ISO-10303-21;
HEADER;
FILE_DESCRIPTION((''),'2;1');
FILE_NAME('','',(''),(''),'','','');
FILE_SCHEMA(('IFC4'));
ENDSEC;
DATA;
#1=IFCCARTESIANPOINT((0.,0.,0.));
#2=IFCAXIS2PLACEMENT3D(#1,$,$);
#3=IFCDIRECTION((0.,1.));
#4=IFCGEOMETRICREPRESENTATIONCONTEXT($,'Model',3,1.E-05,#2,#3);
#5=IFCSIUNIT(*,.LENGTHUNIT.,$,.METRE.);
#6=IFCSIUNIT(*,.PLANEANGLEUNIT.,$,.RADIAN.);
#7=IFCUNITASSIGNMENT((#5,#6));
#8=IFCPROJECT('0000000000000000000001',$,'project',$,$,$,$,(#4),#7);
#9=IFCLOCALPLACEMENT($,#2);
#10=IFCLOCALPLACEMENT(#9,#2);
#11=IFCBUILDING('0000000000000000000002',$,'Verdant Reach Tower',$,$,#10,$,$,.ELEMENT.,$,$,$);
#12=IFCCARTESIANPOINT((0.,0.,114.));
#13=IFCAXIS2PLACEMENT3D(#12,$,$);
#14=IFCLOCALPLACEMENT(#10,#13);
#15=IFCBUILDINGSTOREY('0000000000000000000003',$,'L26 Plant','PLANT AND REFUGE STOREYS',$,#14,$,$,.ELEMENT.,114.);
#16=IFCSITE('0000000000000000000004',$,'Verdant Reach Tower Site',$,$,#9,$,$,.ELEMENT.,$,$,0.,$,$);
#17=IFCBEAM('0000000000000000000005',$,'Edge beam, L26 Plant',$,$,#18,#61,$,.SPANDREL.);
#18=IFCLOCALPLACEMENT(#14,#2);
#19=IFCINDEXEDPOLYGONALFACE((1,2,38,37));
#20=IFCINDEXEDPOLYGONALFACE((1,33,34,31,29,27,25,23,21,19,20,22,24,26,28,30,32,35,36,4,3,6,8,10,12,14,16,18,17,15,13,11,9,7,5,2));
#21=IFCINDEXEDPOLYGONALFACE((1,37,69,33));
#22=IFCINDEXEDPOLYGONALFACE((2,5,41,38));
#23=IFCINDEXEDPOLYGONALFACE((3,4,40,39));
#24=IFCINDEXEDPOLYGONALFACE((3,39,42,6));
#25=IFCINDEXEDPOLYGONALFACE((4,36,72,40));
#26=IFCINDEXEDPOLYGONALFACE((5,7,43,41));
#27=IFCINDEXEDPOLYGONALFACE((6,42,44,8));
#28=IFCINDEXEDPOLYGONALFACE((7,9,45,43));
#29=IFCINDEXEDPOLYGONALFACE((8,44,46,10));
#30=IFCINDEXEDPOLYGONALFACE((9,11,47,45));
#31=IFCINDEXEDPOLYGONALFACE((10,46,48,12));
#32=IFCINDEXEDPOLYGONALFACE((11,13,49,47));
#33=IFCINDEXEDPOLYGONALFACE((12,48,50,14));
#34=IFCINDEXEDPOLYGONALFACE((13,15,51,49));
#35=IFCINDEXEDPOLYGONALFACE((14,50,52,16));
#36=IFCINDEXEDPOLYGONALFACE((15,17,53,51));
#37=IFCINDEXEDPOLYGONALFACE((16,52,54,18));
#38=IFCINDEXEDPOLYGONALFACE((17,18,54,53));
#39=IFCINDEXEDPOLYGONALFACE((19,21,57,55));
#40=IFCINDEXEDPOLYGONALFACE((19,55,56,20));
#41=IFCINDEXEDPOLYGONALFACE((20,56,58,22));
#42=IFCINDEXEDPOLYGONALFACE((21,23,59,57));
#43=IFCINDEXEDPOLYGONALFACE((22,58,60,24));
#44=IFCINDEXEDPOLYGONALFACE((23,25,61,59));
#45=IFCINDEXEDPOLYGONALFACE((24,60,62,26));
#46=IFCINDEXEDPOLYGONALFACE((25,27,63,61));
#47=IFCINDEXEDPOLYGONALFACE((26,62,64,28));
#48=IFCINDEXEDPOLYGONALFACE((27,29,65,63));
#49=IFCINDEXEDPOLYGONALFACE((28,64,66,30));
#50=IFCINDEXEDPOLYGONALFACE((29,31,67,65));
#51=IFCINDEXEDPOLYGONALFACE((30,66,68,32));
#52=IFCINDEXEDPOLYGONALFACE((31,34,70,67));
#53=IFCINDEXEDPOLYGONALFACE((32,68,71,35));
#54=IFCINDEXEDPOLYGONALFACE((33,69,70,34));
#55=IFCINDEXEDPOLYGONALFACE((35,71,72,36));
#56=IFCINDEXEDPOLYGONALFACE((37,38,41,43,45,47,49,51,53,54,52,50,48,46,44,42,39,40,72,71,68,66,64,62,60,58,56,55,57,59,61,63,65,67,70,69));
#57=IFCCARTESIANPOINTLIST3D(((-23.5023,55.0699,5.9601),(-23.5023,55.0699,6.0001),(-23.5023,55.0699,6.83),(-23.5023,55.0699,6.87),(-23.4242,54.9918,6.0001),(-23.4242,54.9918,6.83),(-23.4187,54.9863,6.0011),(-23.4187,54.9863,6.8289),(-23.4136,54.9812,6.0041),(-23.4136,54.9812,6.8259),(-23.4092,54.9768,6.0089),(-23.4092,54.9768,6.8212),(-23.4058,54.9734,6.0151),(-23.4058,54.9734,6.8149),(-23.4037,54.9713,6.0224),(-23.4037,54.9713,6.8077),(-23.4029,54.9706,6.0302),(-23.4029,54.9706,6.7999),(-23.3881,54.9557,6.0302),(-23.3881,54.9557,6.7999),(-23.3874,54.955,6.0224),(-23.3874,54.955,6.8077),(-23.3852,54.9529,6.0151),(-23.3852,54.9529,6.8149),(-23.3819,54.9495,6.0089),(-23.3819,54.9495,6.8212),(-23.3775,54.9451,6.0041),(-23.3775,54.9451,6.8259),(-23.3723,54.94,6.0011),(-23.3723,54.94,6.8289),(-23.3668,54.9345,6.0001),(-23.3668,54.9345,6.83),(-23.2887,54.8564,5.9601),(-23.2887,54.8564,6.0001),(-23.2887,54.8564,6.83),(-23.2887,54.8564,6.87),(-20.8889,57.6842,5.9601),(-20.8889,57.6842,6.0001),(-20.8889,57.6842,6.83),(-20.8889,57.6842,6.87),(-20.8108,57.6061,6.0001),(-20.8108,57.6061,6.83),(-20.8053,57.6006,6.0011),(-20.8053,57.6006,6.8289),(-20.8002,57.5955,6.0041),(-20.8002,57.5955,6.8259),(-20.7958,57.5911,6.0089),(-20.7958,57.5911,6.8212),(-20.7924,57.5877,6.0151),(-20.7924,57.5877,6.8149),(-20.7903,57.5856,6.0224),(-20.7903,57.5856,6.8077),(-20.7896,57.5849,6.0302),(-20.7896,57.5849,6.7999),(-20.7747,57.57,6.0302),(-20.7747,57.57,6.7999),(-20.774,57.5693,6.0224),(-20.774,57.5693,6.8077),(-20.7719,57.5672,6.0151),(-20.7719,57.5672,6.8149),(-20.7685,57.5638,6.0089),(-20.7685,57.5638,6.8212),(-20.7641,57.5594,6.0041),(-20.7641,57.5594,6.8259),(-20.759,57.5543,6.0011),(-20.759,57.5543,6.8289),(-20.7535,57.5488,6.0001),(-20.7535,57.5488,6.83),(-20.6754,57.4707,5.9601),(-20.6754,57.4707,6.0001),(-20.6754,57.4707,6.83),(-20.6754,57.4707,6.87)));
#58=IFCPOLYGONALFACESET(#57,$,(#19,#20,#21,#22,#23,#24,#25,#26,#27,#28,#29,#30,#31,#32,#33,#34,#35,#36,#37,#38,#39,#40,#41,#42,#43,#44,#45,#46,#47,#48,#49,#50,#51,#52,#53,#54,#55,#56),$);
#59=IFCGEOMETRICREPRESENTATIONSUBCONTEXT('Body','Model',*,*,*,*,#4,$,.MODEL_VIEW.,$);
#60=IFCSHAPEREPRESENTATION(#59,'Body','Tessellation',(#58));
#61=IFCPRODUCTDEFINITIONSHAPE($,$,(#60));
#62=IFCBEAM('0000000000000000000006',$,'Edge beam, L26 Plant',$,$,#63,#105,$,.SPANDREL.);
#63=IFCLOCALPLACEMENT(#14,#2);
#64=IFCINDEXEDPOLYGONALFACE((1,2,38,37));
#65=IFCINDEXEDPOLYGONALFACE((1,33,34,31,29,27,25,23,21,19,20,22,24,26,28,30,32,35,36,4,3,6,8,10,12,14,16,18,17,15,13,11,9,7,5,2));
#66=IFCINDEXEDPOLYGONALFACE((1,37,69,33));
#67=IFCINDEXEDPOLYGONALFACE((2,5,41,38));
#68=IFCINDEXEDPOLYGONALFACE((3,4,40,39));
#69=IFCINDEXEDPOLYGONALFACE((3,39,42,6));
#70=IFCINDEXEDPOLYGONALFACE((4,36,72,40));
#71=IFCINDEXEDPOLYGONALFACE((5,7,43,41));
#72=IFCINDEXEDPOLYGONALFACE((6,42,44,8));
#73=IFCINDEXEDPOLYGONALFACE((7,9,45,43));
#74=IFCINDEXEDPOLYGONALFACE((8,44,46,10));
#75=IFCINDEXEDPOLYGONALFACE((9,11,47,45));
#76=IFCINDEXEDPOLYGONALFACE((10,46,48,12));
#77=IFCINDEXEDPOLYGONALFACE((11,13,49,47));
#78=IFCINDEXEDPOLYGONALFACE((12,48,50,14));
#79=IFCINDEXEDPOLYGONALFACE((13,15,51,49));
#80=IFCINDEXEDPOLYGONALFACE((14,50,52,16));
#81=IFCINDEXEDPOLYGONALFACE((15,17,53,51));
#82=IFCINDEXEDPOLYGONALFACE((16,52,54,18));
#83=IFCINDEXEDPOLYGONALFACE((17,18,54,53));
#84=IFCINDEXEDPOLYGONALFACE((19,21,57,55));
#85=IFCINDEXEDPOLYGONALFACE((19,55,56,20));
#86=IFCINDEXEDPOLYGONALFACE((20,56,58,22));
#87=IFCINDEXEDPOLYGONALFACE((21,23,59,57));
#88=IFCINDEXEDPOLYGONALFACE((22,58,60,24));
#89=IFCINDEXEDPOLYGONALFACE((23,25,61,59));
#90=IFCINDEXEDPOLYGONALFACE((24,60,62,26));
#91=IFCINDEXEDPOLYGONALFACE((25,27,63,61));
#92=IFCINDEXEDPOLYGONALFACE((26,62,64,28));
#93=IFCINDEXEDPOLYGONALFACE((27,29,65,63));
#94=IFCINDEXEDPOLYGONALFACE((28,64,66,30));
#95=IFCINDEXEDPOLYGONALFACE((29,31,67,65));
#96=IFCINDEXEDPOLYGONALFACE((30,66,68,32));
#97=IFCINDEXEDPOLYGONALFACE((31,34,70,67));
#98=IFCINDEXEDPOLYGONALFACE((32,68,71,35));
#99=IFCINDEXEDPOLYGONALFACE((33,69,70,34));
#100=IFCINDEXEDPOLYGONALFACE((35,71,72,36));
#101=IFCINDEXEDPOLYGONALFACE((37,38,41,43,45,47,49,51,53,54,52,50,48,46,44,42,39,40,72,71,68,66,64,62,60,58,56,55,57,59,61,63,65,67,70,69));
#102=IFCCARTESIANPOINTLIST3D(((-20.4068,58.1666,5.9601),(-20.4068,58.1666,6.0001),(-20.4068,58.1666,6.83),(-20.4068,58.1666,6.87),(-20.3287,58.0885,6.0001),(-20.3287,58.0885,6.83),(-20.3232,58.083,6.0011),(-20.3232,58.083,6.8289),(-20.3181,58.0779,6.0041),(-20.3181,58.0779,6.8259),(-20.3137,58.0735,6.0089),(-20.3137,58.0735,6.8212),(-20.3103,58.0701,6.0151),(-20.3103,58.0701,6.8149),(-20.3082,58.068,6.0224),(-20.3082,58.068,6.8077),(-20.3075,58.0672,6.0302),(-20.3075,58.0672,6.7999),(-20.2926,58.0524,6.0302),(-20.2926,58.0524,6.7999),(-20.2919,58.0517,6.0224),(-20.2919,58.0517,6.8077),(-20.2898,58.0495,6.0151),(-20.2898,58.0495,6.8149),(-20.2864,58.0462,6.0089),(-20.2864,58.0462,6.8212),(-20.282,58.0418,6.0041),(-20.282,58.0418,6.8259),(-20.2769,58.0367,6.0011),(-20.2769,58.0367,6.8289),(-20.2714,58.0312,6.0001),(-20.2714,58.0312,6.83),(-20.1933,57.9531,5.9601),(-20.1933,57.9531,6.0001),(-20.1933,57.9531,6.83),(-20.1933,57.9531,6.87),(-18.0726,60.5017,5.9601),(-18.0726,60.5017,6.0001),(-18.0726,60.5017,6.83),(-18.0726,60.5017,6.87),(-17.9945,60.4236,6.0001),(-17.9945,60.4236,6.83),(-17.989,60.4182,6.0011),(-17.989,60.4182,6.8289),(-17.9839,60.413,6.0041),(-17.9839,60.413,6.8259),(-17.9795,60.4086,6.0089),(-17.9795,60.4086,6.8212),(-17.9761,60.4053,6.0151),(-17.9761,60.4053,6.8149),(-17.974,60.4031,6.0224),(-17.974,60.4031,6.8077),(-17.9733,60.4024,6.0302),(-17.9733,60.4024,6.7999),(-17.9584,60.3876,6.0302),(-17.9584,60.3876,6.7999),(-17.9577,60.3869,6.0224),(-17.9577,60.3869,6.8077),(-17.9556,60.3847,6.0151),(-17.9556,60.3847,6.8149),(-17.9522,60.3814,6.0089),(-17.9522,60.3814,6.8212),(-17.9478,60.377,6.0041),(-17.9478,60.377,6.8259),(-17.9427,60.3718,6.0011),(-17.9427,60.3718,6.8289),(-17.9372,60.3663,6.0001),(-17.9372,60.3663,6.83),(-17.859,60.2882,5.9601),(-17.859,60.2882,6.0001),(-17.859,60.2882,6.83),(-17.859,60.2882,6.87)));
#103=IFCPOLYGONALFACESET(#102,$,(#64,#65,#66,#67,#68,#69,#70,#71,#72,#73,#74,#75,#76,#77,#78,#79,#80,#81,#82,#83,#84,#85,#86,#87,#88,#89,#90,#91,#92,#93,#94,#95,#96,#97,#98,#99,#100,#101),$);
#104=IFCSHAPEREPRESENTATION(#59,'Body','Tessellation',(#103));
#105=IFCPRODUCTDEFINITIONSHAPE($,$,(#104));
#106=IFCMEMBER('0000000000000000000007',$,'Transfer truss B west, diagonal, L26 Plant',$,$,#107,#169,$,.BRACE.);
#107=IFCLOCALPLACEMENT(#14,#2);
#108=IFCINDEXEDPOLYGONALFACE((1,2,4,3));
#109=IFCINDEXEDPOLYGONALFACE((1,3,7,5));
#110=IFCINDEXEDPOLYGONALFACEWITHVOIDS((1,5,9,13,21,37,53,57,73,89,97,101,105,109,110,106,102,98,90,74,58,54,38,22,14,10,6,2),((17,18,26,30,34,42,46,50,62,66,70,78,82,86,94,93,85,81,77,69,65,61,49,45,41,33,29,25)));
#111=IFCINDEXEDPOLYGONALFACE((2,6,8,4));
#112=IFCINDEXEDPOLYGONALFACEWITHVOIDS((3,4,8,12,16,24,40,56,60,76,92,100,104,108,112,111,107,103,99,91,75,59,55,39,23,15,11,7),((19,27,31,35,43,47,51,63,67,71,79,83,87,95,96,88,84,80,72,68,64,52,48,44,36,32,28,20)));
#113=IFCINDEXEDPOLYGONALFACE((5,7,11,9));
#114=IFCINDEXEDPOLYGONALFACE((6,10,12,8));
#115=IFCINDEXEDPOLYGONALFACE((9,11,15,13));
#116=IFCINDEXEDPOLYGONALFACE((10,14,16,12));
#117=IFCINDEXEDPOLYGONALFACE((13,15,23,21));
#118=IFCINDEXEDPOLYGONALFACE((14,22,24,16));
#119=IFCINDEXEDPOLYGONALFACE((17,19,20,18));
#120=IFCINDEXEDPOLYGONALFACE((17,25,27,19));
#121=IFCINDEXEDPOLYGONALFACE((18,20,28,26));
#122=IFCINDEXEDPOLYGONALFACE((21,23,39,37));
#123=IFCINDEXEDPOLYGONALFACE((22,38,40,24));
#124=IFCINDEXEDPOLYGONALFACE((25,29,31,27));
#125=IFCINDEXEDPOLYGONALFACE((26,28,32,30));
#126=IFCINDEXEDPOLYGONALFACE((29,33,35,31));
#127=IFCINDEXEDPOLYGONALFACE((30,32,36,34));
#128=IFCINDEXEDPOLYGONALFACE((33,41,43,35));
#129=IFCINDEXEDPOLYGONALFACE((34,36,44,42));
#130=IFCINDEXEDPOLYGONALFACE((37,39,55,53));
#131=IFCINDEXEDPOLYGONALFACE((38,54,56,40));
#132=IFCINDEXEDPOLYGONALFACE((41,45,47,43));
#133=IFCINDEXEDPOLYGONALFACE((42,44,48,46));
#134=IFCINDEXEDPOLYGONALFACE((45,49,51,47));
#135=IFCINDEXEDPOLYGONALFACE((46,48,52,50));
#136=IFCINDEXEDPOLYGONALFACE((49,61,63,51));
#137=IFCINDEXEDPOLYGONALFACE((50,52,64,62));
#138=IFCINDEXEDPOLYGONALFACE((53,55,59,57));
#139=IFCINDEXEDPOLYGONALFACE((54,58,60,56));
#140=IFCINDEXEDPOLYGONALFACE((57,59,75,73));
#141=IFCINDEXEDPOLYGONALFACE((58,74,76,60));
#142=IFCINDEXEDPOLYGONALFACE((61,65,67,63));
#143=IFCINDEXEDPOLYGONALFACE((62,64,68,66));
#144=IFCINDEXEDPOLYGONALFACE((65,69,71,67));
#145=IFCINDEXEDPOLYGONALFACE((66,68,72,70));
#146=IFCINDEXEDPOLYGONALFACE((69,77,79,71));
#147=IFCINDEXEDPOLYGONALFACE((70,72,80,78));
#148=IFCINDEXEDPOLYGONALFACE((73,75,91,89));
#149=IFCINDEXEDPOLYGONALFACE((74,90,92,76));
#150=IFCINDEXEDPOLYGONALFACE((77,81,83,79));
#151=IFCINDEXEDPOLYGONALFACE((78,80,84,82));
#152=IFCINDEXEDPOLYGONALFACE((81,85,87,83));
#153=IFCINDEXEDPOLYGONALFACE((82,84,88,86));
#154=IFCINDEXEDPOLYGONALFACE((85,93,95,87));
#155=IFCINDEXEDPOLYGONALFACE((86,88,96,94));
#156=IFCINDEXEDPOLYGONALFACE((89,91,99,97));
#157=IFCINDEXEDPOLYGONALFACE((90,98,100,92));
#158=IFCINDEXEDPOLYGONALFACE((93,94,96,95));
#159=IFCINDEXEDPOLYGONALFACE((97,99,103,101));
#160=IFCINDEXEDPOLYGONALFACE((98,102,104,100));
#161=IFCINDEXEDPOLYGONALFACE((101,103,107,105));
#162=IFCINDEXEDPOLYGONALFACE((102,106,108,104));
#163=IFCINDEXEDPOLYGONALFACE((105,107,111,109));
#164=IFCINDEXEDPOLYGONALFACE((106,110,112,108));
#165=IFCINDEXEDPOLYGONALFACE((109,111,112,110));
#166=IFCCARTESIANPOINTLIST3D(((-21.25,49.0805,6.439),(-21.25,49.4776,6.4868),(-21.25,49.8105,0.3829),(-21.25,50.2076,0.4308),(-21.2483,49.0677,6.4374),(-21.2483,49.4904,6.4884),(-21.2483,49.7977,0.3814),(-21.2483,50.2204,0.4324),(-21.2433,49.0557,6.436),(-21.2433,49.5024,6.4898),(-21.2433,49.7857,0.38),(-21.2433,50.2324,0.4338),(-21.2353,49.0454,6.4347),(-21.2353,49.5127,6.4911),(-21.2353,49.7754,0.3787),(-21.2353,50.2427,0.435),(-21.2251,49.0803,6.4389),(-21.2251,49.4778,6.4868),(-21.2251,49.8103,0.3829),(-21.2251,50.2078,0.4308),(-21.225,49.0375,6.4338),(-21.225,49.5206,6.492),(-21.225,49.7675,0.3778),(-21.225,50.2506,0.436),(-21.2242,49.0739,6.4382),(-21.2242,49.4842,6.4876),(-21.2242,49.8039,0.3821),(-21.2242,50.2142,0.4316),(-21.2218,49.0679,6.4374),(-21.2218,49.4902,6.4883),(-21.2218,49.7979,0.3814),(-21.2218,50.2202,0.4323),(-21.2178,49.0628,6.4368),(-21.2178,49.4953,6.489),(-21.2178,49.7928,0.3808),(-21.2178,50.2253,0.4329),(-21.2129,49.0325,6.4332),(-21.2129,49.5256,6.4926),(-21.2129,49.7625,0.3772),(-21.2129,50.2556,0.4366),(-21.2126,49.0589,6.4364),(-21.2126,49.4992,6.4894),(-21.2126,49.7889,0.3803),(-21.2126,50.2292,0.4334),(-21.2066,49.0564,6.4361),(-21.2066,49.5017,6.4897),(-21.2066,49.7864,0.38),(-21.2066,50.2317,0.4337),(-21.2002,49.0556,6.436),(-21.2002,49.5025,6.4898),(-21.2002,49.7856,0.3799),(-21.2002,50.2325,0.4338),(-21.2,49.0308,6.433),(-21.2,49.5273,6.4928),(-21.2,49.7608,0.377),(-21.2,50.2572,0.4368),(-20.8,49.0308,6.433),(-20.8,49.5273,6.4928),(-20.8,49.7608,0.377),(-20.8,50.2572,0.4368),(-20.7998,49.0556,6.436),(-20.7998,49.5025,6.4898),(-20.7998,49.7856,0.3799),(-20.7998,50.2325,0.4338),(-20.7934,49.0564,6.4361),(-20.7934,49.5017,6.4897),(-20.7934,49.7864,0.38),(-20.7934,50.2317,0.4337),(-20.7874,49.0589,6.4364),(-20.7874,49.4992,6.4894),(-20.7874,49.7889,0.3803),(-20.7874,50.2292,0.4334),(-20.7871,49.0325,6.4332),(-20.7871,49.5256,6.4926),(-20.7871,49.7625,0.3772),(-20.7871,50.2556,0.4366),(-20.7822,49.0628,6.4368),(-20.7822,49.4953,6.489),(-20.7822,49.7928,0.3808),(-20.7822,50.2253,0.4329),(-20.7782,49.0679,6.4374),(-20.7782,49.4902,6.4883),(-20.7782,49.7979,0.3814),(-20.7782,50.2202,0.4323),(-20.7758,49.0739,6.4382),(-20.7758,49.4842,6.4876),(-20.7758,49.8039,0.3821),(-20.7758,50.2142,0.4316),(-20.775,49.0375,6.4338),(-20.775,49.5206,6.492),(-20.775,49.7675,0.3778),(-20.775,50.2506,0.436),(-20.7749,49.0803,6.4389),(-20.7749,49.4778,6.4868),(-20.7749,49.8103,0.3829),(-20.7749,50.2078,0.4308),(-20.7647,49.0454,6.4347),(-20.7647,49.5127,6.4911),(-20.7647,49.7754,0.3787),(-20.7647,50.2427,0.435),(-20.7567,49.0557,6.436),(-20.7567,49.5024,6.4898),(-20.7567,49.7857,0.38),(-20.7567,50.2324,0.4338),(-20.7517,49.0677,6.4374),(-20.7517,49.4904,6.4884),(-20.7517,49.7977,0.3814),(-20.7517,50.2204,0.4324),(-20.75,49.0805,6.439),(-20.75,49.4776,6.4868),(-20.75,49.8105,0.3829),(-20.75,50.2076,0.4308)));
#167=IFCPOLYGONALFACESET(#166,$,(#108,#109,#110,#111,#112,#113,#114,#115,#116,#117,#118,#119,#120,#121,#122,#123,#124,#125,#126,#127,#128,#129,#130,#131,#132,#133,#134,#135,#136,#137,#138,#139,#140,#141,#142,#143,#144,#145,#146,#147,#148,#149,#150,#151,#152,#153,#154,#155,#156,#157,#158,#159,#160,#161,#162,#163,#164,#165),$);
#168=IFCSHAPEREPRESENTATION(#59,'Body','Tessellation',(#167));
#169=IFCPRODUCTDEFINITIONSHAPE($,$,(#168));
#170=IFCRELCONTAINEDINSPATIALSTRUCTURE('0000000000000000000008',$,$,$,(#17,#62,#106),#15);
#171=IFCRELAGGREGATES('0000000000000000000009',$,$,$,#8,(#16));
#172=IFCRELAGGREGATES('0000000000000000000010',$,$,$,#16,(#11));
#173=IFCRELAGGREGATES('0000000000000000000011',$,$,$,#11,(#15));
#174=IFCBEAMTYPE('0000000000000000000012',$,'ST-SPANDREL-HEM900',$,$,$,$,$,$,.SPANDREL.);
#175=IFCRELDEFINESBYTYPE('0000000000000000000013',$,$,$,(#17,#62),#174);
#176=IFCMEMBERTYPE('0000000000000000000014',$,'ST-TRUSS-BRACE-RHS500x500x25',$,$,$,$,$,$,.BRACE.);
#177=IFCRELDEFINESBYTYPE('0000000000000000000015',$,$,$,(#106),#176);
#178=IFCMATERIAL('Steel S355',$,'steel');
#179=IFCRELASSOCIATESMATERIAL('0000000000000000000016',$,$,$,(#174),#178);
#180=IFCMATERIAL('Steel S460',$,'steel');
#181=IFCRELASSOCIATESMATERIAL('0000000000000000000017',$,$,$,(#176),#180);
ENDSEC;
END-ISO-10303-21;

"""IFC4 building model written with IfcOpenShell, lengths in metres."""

from ifc_helpers import new_model, si_unit, direction, frame, origin, origin_2d, place, context, subcontext, project, spatial, hollow_rectangle, i_section, extrude, material, material_profile, profile_set, type_object, element, save


model = new_model("IFC4")

# Units and contexts
model_context = context("Model", 3, precision=1e-05, world=origin(), true_north=direction((0.0, 1.0)))
body_context = subcontext(model_context, "Body", "Model", "MODEL_VIEW")
ifc_project = project(units=[si_unit("LENGTHUNIT", "METRE"), si_unit("PLANEANGLEUNIT", "RADIAN")], contexts=[model_context])

# Site, building, storey
site_placement = place(None, origin())
site = spatial("IfcSite", under=ifc_project, at=site_placement, Name="Verdant Reach Tower Site", CompositionType="ELEMENT", RefElevation=0.0)
building_placement = place(site_placement, origin())
building = spatial("IfcBuilding", under=site, at=building_placement, Name="Verdant Reach Tower", CompositionType="ELEMENT")
storey_placement = place(building_placement, frame((0.0, 0.0, 114.0)))
storey = spatial("IfcBuildingStorey", under=building, at=storey_placement, Name="L26 Plant", Description="PLANT AND REFUGE STOREYS", CompositionType="ELEMENT", Elevation=114.0)

# Shared definitions
ifc_material_1 = material(Name="Steel S460", Category="steel")

# Beams
ifc_material_2 = material(Name="Steel S355", Category="steel")
ifc_material_profile_1 = material_profile(ifc_material_2, i_section(OverallWidth=0.302, OverallDepth=0.9099, WebThickness=0.021, FlangeThickness=0.04, FilletRadius=0.03, at=origin_2d()), Name="HEM 900")
ifc_profile_set_1 = profile_set([ifc_material_profile_1], Name="Steel S355")
beam_type = type_object("IfcBeamType", Name="ST-SPANDREL-HEM900", PredefinedType="SPANDREL", material=ifc_profile_set_1)
beam_1_placement = place(storey_placement, frame((-23.3955, 54.9631, 6.415), z_axis=(0.706975, 0.707239, 0.0), x_axis=(-0.707239, 0.706975, 0.0)))
element("IfcBeam", 1, at=beam_1_placement, inside=storey, type_object=beam_type, Name="Edge beam, L26 Plant", PredefinedType="SPANDREL", context=body_context, shape_type="SweptSolid", body=[
    extrude(i_section(OverallWidth=0.302, OverallDepth=0.9099, WebThickness=0.021, FlangeThickness=0.04, FilletRadius=0.03, at=origin_2d()), origin(), (0.0, 0.0, 1.0), 3.6965),
])
beam_2_placement = place(storey_placement, frame((-20.3, 58.0598, 6.415), z_axis=(0.706959, 0.707255, 0.0), x_axis=(-0.707255, 0.706959, 0.0)))
element("IfcBeam", 2, at=beam_2_placement, inside=storey, type_object=beam_type, Name="Edge beam, L26 Plant", PredefinedType="SPANDREL", context=body_context, shape_type="SweptSolid", body=[
    extrude(i_section(OverallWidth=0.302, OverallDepth=0.9099, WebThickness=0.021, FlangeThickness=0.04, FilletRadius=0.03, at=origin_2d()), origin(), (0.0, 0.0, 1.0), 3.3018),
])

# Member
ifc_material_profile_2 = material_profile(ifc_material_1, hollow_rectangle(XDim=0.5, YDim=0.5, WallThickness=0.0249, InnerFilletRadius=0.0249, OuterFilletRadius=0.05, at=origin_2d()), Name="RHS 500x500x25")
ifc_profile_set_2 = profile_set([ifc_material_profile_2], Name="Steel S460")
member_type_1 = type_object("IfcMemberType", Name="ST-TRUSS-BRACE-RHS500x500x25", PredefinedType="BRACE", material=ifc_profile_set_2)
member_1_placement = place(storey_placement, frame((-21.0, 49.2791, 6.4629), z_axis=(0.0, 0.119674, -0.992813), x_axis=(-1.0, 0.0, 0.0)))
element("IfcMember", 3, at=member_1_placement, inside=storey, type_object=member_type_1, Name="Transfer truss B west, diagonal, L26 Plant", PredefinedType="BRACE", context=body_context, shape_type="SweptSolid", body=[
    extrude(hollow_rectangle(XDim=0.5, YDim=0.5, WallThickness=0.0249, InnerFilletRadius=0.0249, OuterFilletRadius=0.05, at=origin_2d()), origin(), (0.0, 0.0, 1.0), 6.0999),
])

save(model, "model.ifc")
